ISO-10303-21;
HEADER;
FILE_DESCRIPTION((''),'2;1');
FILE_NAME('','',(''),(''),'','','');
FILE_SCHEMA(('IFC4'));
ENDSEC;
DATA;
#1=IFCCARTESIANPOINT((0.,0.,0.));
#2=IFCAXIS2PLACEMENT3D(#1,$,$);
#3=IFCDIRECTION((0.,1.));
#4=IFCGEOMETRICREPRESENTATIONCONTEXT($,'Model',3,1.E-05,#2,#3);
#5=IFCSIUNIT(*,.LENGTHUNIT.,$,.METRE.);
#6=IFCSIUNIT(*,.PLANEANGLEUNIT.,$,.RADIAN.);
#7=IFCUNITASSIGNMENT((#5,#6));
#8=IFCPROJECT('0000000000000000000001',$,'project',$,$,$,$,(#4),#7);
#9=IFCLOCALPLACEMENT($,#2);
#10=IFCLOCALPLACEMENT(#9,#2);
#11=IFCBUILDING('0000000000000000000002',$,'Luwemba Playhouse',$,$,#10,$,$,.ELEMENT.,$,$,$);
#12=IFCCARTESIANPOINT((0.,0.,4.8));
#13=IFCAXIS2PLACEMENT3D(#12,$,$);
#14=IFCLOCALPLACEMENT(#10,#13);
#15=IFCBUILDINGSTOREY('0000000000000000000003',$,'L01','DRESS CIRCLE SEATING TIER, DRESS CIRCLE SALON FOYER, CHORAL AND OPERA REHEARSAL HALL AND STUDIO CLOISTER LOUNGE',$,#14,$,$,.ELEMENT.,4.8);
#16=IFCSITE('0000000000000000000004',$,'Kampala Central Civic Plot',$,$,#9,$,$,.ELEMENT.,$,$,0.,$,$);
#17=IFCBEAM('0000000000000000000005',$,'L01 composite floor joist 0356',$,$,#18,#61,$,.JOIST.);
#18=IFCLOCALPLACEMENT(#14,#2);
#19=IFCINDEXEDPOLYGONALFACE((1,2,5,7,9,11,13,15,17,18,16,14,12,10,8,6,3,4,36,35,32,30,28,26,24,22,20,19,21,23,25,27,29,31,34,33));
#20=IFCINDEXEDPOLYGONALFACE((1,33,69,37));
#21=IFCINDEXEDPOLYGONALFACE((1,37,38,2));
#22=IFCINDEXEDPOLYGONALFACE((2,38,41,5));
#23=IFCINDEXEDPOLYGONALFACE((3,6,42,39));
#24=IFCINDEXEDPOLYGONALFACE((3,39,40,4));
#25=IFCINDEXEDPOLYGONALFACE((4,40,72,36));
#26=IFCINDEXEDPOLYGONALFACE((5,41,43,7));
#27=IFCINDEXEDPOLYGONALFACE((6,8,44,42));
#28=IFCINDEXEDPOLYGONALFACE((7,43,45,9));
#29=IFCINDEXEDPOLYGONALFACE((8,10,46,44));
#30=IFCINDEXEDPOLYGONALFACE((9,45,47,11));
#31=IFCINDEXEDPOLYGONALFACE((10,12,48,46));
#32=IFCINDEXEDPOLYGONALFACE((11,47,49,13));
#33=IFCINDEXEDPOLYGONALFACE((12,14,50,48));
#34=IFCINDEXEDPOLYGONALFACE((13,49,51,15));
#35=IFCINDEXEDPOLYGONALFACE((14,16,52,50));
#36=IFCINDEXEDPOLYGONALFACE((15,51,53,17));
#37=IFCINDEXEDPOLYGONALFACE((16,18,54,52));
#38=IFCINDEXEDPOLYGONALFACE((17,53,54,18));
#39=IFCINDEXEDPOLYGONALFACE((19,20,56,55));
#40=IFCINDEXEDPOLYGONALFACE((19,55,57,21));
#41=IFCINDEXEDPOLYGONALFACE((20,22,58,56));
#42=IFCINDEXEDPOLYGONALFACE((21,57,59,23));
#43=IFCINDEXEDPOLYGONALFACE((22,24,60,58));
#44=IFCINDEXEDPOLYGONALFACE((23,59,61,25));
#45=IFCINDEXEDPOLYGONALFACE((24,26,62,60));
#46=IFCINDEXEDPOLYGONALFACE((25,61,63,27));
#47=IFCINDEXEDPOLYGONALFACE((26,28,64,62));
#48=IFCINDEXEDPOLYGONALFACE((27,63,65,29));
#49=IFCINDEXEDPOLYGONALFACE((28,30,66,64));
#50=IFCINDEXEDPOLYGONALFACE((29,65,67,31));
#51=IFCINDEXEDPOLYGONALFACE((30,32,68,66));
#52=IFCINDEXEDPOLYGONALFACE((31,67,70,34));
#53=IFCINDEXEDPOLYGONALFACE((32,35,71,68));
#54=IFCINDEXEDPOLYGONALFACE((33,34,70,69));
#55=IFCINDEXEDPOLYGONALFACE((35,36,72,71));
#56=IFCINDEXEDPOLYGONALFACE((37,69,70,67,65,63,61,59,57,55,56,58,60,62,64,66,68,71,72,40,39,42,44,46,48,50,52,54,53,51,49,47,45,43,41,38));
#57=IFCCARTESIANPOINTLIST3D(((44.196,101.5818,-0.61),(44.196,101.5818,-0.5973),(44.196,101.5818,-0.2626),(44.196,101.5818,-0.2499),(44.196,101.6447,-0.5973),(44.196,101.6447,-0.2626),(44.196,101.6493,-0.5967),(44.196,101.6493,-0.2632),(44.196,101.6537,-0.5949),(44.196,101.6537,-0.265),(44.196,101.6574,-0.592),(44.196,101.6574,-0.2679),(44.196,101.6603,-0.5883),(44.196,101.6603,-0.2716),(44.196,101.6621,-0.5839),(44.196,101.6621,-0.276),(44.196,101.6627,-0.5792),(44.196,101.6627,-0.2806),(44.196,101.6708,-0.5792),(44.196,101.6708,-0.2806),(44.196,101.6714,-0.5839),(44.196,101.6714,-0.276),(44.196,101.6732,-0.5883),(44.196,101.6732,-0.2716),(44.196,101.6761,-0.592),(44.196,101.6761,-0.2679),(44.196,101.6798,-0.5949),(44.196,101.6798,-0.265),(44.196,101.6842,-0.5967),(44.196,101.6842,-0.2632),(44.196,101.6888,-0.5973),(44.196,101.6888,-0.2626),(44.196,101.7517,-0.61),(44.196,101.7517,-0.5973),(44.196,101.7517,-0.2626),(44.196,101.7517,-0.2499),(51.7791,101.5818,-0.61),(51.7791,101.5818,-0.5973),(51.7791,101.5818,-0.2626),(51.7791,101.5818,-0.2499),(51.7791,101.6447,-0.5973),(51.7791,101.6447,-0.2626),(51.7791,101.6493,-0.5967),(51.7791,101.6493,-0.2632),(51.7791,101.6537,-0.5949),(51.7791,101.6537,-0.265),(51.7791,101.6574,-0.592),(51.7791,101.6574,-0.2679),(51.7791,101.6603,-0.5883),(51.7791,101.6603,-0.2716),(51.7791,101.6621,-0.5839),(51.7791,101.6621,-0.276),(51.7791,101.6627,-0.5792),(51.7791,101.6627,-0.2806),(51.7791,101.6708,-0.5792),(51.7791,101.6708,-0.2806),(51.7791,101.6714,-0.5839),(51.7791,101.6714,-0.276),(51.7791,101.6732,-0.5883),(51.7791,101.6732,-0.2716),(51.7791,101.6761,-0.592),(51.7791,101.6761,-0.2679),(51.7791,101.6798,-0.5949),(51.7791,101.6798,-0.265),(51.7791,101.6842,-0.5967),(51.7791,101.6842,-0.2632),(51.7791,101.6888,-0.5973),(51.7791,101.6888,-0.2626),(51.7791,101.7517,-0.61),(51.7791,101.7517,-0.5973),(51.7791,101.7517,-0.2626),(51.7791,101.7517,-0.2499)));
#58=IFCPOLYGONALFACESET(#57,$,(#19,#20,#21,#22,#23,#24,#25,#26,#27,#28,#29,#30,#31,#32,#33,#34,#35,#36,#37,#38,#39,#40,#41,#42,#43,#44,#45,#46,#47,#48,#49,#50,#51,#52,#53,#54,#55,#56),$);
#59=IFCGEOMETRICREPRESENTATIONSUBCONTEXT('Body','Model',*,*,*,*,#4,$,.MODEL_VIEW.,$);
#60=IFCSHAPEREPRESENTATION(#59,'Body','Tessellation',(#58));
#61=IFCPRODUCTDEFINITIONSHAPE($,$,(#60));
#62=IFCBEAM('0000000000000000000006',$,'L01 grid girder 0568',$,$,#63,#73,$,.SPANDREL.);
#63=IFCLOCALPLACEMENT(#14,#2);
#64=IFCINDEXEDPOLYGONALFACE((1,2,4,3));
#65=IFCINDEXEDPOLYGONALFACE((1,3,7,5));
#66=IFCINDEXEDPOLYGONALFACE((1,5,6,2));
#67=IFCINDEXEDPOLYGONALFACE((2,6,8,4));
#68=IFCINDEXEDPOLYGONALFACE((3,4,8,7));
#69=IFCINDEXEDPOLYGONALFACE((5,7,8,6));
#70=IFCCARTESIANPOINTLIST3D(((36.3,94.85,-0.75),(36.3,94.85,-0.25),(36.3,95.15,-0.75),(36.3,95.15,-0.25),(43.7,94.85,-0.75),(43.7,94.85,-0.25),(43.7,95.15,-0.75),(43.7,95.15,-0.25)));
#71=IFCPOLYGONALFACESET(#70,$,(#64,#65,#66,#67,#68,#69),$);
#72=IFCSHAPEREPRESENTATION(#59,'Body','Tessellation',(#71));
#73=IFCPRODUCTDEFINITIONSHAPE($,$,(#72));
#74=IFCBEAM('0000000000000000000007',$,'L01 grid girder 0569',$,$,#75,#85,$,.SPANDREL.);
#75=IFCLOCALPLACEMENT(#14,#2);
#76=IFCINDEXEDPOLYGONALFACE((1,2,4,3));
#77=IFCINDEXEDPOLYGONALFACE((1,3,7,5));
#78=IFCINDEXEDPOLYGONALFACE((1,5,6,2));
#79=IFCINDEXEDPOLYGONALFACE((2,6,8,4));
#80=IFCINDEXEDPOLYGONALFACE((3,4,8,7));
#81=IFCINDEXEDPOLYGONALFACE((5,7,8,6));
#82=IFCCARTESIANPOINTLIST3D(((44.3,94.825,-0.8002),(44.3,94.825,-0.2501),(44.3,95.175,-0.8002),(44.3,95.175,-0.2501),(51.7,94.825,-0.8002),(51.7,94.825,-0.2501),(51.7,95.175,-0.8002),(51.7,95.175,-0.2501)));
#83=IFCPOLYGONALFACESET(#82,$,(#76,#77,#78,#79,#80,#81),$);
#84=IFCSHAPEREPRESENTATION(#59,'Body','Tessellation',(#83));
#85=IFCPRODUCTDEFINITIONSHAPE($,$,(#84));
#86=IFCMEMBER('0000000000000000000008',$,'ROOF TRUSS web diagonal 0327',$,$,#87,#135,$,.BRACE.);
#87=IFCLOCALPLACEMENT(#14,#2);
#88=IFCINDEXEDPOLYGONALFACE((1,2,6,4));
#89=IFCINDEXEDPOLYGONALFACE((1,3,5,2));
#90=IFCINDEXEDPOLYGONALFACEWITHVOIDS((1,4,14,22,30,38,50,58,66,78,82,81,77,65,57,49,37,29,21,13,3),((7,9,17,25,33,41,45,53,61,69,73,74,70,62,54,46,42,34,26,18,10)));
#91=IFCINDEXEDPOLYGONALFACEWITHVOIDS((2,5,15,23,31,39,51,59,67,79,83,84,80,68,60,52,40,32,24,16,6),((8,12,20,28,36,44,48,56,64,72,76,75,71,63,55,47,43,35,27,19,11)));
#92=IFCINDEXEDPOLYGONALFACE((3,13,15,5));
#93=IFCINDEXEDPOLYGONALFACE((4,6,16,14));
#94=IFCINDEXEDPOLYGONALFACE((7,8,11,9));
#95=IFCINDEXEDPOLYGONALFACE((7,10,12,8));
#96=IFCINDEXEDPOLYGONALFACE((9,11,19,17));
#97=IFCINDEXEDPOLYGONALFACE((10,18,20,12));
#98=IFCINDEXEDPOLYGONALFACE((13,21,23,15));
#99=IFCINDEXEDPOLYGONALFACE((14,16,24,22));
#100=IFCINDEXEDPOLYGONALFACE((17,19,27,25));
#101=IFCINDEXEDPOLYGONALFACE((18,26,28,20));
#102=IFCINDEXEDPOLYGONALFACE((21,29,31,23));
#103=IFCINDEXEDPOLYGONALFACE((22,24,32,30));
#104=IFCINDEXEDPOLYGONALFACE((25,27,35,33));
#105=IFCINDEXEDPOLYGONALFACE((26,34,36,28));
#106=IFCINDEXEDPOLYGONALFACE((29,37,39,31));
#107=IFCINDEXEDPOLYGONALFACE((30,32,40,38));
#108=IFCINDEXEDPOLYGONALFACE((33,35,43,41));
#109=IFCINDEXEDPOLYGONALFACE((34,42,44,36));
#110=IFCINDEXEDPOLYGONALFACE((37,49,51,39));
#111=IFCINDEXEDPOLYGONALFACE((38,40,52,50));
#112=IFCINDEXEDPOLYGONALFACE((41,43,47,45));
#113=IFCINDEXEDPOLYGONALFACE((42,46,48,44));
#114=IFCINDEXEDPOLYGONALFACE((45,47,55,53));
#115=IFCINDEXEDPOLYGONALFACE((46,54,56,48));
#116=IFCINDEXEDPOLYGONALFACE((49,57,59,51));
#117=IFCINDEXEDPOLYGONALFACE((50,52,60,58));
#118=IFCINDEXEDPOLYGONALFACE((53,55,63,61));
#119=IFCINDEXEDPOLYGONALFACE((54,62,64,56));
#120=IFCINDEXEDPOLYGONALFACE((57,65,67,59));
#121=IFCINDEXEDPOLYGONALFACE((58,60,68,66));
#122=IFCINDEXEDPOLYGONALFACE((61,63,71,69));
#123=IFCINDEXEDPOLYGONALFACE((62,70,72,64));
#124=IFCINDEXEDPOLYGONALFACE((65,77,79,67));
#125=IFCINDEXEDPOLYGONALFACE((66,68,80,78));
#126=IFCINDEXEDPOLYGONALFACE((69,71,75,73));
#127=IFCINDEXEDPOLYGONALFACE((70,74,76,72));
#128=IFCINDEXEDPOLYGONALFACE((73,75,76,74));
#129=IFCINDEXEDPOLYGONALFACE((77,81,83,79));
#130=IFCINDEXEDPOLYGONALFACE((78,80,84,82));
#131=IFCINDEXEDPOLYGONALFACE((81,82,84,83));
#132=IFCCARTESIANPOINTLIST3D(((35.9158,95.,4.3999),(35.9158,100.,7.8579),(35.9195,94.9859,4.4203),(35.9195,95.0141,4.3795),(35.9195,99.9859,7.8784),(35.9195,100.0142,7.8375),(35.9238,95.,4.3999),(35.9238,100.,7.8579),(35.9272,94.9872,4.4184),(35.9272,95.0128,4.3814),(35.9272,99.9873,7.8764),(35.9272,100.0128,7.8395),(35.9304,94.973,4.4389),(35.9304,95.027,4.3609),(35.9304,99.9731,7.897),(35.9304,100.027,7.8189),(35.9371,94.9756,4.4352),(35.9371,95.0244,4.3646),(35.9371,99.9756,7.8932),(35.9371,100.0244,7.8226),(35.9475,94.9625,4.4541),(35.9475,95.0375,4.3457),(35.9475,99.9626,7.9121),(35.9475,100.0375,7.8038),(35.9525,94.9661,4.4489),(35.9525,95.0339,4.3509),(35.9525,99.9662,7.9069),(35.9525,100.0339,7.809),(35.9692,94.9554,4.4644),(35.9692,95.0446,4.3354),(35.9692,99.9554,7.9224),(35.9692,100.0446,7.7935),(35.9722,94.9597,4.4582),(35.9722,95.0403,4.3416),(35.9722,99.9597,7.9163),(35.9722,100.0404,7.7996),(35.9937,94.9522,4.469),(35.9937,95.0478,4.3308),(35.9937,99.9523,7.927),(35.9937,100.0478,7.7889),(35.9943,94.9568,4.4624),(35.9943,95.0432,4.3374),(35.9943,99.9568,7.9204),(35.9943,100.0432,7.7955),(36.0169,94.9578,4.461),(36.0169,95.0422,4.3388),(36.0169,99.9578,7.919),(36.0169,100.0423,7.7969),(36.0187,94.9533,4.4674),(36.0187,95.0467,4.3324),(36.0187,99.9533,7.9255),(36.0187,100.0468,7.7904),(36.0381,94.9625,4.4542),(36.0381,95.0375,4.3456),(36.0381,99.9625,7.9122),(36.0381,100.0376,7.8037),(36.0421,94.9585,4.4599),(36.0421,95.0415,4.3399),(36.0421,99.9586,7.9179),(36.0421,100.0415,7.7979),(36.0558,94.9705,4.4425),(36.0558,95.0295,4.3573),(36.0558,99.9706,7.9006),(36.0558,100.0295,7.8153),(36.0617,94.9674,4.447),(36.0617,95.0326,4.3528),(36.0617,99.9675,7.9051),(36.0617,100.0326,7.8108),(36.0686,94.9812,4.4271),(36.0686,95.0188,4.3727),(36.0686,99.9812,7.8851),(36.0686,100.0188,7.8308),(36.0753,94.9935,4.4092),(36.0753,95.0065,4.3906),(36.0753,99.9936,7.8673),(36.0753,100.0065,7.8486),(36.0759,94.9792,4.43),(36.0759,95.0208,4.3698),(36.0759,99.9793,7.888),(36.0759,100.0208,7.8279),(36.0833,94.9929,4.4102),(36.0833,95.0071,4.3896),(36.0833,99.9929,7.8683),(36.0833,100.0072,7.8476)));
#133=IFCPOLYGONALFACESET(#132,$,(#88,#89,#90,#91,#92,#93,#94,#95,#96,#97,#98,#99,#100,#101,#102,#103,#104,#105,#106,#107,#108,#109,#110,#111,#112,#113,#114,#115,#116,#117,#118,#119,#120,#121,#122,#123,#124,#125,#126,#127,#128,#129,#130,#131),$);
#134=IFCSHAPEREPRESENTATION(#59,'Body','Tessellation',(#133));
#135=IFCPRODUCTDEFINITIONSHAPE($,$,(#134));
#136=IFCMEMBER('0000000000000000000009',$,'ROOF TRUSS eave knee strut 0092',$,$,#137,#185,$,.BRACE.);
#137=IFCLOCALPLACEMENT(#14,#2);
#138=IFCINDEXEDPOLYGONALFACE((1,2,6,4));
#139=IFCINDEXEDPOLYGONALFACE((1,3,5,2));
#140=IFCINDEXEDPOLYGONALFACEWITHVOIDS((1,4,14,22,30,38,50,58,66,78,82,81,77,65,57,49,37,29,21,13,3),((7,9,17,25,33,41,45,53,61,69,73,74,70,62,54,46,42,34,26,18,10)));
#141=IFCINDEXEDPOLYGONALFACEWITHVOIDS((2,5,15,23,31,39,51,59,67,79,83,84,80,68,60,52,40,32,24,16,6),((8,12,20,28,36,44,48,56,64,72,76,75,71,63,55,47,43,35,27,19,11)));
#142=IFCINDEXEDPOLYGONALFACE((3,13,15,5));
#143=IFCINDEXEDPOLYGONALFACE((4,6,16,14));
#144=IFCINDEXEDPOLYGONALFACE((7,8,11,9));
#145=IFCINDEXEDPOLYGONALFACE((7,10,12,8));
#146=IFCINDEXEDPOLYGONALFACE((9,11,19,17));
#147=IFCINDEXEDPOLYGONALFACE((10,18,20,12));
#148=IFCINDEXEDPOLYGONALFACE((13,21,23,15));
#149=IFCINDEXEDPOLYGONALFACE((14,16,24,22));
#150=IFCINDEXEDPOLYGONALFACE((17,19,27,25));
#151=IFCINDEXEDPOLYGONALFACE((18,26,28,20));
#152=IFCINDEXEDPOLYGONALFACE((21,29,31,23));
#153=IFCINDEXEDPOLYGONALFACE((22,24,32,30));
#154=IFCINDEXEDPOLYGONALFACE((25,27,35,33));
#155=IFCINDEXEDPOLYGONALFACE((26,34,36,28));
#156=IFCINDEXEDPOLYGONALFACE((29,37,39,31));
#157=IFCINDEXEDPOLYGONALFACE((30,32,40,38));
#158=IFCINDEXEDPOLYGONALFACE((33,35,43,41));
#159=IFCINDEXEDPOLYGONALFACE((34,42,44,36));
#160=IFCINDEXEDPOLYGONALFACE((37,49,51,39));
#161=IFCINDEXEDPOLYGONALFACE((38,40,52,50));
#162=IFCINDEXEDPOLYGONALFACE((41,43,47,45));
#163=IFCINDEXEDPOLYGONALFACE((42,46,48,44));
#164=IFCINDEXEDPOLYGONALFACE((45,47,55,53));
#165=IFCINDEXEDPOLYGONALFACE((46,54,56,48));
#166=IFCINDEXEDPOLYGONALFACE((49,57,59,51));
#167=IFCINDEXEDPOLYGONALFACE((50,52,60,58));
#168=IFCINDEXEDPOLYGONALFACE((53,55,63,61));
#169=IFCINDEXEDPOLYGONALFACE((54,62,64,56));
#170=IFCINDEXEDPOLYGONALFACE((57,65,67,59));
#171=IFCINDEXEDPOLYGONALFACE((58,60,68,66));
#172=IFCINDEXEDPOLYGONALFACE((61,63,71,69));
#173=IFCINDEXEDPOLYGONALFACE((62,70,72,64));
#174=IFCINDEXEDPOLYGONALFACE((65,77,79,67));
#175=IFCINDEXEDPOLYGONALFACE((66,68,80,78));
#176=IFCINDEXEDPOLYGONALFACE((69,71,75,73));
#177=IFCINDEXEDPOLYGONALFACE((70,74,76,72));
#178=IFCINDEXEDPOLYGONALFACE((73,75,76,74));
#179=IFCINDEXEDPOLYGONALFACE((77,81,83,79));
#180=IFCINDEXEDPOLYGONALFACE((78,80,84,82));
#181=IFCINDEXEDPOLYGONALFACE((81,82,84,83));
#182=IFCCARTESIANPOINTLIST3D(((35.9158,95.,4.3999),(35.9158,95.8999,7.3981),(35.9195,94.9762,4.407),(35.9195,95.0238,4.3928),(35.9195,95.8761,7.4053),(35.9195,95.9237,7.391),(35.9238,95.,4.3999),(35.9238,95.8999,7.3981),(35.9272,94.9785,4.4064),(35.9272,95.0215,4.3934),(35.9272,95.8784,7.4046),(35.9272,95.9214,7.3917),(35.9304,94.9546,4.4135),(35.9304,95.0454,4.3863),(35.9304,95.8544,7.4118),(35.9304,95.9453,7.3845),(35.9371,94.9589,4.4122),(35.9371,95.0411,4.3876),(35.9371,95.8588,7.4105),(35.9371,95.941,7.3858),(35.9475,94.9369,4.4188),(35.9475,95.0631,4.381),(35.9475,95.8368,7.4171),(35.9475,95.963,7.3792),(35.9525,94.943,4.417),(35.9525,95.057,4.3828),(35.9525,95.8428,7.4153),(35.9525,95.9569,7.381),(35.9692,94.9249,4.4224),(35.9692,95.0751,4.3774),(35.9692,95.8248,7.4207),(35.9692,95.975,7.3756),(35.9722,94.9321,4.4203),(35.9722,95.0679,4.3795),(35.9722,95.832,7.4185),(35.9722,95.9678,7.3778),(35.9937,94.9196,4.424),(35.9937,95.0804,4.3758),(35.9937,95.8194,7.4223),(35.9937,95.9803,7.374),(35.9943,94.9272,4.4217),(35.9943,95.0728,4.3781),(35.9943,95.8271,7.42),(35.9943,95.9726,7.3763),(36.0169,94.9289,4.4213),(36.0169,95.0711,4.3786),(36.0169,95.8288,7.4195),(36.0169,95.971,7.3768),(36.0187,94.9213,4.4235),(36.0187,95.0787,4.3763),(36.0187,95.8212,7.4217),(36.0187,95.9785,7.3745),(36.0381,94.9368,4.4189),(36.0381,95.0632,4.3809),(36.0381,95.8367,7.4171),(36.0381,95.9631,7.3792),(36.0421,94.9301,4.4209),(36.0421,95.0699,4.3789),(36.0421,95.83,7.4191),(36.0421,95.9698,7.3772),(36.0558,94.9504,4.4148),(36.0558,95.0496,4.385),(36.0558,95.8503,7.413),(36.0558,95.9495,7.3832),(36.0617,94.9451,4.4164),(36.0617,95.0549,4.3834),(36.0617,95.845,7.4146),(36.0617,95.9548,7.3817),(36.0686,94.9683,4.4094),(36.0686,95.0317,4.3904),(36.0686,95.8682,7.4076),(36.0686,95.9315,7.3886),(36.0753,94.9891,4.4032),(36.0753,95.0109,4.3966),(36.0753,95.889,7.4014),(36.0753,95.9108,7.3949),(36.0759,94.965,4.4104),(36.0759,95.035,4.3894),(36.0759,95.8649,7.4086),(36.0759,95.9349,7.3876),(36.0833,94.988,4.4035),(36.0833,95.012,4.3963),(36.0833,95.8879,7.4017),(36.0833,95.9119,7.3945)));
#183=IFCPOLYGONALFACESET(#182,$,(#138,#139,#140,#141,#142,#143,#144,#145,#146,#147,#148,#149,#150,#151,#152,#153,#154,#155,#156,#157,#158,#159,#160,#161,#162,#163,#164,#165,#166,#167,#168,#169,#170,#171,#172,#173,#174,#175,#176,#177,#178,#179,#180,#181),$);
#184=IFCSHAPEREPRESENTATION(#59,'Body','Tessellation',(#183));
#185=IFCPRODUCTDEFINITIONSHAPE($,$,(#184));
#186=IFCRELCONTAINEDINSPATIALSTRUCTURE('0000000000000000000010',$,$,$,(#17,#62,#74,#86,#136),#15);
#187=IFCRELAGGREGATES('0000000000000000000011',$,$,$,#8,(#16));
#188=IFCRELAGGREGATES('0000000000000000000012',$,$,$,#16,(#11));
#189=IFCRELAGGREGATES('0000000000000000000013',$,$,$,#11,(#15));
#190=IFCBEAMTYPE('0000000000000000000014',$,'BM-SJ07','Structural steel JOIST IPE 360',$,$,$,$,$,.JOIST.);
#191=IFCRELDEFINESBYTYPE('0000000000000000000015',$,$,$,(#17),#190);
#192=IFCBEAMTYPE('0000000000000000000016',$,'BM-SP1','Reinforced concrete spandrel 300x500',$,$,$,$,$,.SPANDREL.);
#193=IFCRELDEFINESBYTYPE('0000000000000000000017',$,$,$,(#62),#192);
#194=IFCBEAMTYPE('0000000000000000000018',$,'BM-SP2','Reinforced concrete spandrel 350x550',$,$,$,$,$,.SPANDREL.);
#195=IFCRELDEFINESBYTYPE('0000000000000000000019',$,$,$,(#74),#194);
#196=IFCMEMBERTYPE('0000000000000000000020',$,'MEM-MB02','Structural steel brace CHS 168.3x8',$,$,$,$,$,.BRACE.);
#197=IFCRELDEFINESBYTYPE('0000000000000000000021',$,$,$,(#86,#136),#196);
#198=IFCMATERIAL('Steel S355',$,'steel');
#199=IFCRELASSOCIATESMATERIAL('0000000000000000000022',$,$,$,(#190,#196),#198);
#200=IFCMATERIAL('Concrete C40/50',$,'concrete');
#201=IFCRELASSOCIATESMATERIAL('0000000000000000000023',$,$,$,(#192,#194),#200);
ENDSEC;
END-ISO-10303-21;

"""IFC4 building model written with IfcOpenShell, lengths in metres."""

from ifc_helpers import new_model, si_unit, direction, frame, origin, origin_2d, place, context, subcontext, project, spatial, rectangle, hollow_circle, i_section, extrude, material, material_profile, profile_set, type_object, element, save


model = new_model("IFC4")

# Units and contexts
model_context = context("Model", 3, precision=1e-05, world=origin(), true_north=direction((0.0, 1.0)))
body_context = subcontext(model_context, "Body", "Model", "MODEL_VIEW")
ifc_project = project(units=[si_unit("LENGTHUNIT", "METRE"), si_unit("PLANEANGLEUNIT", "RADIAN")], contexts=[model_context])

# Site, building, storey
site_placement = place(None, origin())
site = spatial("IfcSite", under=ifc_project, at=site_placement, Name="Kampala Central Civic Plot", CompositionType="ELEMENT", RefElevation=0.0)
building_placement = place(site_placement, origin())
building = spatial("IfcBuilding", under=site, at=building_placement, Name="Luwemba Playhouse", CompositionType="ELEMENT")
storey_placement = place(building_placement, frame((0.0, 0.0, 4.8)))
storey = spatial("IfcBuildingStorey", under=building, at=storey_placement, Name="L01", Description="DRESS CIRCLE SEATING TIER, DRESS CIRCLE SALON FOYER, CHORAL AND OPERA REHEARSAL HALL AND STUDIO CLOISTER LOUNGE", CompositionType="ELEMENT", Elevation=4.8)

# Shared definitions
ifc_material_1 = material(Name="Concrete C40/50", Category="concrete")

# Beams
ifc_material_2 = material(Name="Steel S355", Category="steel")
ifc_material_profile_1 = material_profile(ifc_material_2, i_section(OverallWidth=0.1699, OverallDepth=0.3601, WebThickness=0.0081, FlangeThickness=0.0127, FilletRadius=0.0181, at=origin_2d()))
ifc_profile_set_1 = profile_set([ifc_material_profile_1], Name="Steel S355")
beam_type_1 = type_object("IfcBeamType", Name="BM-SJ07", Description="Structural steel JOIST IPE 360", PredefinedType="JOIST", material=ifc_profile_set_1)
beam_1_placement = place(storey_placement, frame((44.196, 101.6667, -0.4299), z_axis=(1.0, 0.0, 0.0), x_axis=(0.0, 1.0, 0.0)))
element("IfcBeam", 1, at=beam_1_placement, inside=storey, type_object=beam_type_1, Name="L01 composite floor joist 0356", PredefinedType="JOIST", context=body_context, shape_type="SweptSolid", body=[
    extrude(i_section(OverallWidth=0.1699, OverallDepth=0.3601, WebThickness=0.0081, FlangeThickness=0.0127, FilletRadius=0.0181, at=origin_2d()), origin(), (0.0, 0.0, 1.0), 7.583),
])
ifc_material_profile_2 = material_profile(ifc_material_1, rectangle(XDim=0.3, YDim=0.5, at=origin_2d()))
ifc_profile_set_2 = profile_set([ifc_material_profile_2], Name="Concrete C40/50")
beam_type_2 = type_object("IfcBeamType", Name="BM-SP1", Description="Reinforced concrete spandrel 300x500", PredefinedType="SPANDREL", material=ifc_profile_set_2)
beam_2_placement = place(storey_placement, frame((36.3, 95.0, -0.5), z_axis=(1.0, 0.0, 0.0), x_axis=(0.0, 1.0, 0.0)))
element("IfcBeam", 2, at=beam_2_placement, inside=storey, type_object=beam_type_2, Name="L01 grid girder 0568", PredefinedType="SPANDREL", context=body_context, shape_type="SweptSolid", body=[
    extrude(rectangle(XDim=0.3, YDim=0.5, at=origin_2d()), origin(), (0.0, 0.0, 1.0), 7.3999),
])
ifc_material_profile_3 = material_profile(ifc_material_1, rectangle(XDim=0.3501, YDim=0.55, at=origin_2d()))
ifc_profile_set_3 = profile_set([ifc_material_profile_3], Name="Concrete C40/50")
beam_type_3 = type_object("IfcBeamType", Name="BM-SP2", Description="Reinforced concrete spandrel 350x550", PredefinedType="SPANDREL", material=ifc_profile_set_3)
beam_3_placement = place(storey_placement, frame((44.3, 95.0, -0.5251), z_axis=(1.0, 0.0, 0.0), x_axis=(0.0, 1.0, 0.0)))
element("IfcBeam", 3, at=beam_3_placement, inside=storey, type_object=beam_type_3, Name="L01 grid girder 0569", PredefinedType="SPANDREL", context=body_context, shape_type="SweptSolid", body=[
    extrude(rectangle(XDim=0.3501, YDim=0.55, at=origin_2d()), origin(), (0.0, 0.0, 1.0), 7.3999),
])

# Members
ifc_material_profile_4 = material_profile(ifc_material_2, hollow_circle(Radius=0.0842, WallThickness=0.0081, at=origin_2d()))
ifc_profile_set_4 = profile_set([ifc_material_profile_4], Name="Steel S355")
member_type_1 = type_object("IfcMemberType", Name="MEM-MB02", Description="Structural steel brace CHS 168.3x8", PredefinedType="BRACE", material=ifc_profile_set_4)
member_1_placement = place(storey_placement, frame((36.0, 95.0, 4.3999), z_axis=(0.0, 0.822464, 0.568817), x_axis=(-1.0, 0.0, 0.0)))
element("IfcMember", 4, at=member_1_placement, inside=storey, type_object=member_type_1, Name="ROOF TRUSS web diagonal 0327", PredefinedType="BRACE", context=body_context, shape_type="SweptSolid", body=[
    extrude(hollow_circle(Radius=0.0842, WallThickness=0.0081, at=origin_2d()), origin(), (0.0, 0.0, 1.0), 6.0793),
])
member_2_placement = place(storey_placement, frame((36.0, 95.0, 4.3999), z_axis=(0.0, 0.28747, 0.95779), x_axis=(-1.0, 0.0, 0.0)))
element("IfcMember", 5, at=member_2_placement, inside=storey, type_object=member_type_1, Name="ROOF TRUSS eave knee strut 0092", PredefinedType="BRACE", context=body_context, shape_type="SweptSolid", body=[
    extrude(hollow_circle(Radius=0.0842, WallThickness=0.0081, at=origin_2d()), origin(), (0.0, 0.0, 1.0), 3.1304),
])

save(model, "model.ifc")
